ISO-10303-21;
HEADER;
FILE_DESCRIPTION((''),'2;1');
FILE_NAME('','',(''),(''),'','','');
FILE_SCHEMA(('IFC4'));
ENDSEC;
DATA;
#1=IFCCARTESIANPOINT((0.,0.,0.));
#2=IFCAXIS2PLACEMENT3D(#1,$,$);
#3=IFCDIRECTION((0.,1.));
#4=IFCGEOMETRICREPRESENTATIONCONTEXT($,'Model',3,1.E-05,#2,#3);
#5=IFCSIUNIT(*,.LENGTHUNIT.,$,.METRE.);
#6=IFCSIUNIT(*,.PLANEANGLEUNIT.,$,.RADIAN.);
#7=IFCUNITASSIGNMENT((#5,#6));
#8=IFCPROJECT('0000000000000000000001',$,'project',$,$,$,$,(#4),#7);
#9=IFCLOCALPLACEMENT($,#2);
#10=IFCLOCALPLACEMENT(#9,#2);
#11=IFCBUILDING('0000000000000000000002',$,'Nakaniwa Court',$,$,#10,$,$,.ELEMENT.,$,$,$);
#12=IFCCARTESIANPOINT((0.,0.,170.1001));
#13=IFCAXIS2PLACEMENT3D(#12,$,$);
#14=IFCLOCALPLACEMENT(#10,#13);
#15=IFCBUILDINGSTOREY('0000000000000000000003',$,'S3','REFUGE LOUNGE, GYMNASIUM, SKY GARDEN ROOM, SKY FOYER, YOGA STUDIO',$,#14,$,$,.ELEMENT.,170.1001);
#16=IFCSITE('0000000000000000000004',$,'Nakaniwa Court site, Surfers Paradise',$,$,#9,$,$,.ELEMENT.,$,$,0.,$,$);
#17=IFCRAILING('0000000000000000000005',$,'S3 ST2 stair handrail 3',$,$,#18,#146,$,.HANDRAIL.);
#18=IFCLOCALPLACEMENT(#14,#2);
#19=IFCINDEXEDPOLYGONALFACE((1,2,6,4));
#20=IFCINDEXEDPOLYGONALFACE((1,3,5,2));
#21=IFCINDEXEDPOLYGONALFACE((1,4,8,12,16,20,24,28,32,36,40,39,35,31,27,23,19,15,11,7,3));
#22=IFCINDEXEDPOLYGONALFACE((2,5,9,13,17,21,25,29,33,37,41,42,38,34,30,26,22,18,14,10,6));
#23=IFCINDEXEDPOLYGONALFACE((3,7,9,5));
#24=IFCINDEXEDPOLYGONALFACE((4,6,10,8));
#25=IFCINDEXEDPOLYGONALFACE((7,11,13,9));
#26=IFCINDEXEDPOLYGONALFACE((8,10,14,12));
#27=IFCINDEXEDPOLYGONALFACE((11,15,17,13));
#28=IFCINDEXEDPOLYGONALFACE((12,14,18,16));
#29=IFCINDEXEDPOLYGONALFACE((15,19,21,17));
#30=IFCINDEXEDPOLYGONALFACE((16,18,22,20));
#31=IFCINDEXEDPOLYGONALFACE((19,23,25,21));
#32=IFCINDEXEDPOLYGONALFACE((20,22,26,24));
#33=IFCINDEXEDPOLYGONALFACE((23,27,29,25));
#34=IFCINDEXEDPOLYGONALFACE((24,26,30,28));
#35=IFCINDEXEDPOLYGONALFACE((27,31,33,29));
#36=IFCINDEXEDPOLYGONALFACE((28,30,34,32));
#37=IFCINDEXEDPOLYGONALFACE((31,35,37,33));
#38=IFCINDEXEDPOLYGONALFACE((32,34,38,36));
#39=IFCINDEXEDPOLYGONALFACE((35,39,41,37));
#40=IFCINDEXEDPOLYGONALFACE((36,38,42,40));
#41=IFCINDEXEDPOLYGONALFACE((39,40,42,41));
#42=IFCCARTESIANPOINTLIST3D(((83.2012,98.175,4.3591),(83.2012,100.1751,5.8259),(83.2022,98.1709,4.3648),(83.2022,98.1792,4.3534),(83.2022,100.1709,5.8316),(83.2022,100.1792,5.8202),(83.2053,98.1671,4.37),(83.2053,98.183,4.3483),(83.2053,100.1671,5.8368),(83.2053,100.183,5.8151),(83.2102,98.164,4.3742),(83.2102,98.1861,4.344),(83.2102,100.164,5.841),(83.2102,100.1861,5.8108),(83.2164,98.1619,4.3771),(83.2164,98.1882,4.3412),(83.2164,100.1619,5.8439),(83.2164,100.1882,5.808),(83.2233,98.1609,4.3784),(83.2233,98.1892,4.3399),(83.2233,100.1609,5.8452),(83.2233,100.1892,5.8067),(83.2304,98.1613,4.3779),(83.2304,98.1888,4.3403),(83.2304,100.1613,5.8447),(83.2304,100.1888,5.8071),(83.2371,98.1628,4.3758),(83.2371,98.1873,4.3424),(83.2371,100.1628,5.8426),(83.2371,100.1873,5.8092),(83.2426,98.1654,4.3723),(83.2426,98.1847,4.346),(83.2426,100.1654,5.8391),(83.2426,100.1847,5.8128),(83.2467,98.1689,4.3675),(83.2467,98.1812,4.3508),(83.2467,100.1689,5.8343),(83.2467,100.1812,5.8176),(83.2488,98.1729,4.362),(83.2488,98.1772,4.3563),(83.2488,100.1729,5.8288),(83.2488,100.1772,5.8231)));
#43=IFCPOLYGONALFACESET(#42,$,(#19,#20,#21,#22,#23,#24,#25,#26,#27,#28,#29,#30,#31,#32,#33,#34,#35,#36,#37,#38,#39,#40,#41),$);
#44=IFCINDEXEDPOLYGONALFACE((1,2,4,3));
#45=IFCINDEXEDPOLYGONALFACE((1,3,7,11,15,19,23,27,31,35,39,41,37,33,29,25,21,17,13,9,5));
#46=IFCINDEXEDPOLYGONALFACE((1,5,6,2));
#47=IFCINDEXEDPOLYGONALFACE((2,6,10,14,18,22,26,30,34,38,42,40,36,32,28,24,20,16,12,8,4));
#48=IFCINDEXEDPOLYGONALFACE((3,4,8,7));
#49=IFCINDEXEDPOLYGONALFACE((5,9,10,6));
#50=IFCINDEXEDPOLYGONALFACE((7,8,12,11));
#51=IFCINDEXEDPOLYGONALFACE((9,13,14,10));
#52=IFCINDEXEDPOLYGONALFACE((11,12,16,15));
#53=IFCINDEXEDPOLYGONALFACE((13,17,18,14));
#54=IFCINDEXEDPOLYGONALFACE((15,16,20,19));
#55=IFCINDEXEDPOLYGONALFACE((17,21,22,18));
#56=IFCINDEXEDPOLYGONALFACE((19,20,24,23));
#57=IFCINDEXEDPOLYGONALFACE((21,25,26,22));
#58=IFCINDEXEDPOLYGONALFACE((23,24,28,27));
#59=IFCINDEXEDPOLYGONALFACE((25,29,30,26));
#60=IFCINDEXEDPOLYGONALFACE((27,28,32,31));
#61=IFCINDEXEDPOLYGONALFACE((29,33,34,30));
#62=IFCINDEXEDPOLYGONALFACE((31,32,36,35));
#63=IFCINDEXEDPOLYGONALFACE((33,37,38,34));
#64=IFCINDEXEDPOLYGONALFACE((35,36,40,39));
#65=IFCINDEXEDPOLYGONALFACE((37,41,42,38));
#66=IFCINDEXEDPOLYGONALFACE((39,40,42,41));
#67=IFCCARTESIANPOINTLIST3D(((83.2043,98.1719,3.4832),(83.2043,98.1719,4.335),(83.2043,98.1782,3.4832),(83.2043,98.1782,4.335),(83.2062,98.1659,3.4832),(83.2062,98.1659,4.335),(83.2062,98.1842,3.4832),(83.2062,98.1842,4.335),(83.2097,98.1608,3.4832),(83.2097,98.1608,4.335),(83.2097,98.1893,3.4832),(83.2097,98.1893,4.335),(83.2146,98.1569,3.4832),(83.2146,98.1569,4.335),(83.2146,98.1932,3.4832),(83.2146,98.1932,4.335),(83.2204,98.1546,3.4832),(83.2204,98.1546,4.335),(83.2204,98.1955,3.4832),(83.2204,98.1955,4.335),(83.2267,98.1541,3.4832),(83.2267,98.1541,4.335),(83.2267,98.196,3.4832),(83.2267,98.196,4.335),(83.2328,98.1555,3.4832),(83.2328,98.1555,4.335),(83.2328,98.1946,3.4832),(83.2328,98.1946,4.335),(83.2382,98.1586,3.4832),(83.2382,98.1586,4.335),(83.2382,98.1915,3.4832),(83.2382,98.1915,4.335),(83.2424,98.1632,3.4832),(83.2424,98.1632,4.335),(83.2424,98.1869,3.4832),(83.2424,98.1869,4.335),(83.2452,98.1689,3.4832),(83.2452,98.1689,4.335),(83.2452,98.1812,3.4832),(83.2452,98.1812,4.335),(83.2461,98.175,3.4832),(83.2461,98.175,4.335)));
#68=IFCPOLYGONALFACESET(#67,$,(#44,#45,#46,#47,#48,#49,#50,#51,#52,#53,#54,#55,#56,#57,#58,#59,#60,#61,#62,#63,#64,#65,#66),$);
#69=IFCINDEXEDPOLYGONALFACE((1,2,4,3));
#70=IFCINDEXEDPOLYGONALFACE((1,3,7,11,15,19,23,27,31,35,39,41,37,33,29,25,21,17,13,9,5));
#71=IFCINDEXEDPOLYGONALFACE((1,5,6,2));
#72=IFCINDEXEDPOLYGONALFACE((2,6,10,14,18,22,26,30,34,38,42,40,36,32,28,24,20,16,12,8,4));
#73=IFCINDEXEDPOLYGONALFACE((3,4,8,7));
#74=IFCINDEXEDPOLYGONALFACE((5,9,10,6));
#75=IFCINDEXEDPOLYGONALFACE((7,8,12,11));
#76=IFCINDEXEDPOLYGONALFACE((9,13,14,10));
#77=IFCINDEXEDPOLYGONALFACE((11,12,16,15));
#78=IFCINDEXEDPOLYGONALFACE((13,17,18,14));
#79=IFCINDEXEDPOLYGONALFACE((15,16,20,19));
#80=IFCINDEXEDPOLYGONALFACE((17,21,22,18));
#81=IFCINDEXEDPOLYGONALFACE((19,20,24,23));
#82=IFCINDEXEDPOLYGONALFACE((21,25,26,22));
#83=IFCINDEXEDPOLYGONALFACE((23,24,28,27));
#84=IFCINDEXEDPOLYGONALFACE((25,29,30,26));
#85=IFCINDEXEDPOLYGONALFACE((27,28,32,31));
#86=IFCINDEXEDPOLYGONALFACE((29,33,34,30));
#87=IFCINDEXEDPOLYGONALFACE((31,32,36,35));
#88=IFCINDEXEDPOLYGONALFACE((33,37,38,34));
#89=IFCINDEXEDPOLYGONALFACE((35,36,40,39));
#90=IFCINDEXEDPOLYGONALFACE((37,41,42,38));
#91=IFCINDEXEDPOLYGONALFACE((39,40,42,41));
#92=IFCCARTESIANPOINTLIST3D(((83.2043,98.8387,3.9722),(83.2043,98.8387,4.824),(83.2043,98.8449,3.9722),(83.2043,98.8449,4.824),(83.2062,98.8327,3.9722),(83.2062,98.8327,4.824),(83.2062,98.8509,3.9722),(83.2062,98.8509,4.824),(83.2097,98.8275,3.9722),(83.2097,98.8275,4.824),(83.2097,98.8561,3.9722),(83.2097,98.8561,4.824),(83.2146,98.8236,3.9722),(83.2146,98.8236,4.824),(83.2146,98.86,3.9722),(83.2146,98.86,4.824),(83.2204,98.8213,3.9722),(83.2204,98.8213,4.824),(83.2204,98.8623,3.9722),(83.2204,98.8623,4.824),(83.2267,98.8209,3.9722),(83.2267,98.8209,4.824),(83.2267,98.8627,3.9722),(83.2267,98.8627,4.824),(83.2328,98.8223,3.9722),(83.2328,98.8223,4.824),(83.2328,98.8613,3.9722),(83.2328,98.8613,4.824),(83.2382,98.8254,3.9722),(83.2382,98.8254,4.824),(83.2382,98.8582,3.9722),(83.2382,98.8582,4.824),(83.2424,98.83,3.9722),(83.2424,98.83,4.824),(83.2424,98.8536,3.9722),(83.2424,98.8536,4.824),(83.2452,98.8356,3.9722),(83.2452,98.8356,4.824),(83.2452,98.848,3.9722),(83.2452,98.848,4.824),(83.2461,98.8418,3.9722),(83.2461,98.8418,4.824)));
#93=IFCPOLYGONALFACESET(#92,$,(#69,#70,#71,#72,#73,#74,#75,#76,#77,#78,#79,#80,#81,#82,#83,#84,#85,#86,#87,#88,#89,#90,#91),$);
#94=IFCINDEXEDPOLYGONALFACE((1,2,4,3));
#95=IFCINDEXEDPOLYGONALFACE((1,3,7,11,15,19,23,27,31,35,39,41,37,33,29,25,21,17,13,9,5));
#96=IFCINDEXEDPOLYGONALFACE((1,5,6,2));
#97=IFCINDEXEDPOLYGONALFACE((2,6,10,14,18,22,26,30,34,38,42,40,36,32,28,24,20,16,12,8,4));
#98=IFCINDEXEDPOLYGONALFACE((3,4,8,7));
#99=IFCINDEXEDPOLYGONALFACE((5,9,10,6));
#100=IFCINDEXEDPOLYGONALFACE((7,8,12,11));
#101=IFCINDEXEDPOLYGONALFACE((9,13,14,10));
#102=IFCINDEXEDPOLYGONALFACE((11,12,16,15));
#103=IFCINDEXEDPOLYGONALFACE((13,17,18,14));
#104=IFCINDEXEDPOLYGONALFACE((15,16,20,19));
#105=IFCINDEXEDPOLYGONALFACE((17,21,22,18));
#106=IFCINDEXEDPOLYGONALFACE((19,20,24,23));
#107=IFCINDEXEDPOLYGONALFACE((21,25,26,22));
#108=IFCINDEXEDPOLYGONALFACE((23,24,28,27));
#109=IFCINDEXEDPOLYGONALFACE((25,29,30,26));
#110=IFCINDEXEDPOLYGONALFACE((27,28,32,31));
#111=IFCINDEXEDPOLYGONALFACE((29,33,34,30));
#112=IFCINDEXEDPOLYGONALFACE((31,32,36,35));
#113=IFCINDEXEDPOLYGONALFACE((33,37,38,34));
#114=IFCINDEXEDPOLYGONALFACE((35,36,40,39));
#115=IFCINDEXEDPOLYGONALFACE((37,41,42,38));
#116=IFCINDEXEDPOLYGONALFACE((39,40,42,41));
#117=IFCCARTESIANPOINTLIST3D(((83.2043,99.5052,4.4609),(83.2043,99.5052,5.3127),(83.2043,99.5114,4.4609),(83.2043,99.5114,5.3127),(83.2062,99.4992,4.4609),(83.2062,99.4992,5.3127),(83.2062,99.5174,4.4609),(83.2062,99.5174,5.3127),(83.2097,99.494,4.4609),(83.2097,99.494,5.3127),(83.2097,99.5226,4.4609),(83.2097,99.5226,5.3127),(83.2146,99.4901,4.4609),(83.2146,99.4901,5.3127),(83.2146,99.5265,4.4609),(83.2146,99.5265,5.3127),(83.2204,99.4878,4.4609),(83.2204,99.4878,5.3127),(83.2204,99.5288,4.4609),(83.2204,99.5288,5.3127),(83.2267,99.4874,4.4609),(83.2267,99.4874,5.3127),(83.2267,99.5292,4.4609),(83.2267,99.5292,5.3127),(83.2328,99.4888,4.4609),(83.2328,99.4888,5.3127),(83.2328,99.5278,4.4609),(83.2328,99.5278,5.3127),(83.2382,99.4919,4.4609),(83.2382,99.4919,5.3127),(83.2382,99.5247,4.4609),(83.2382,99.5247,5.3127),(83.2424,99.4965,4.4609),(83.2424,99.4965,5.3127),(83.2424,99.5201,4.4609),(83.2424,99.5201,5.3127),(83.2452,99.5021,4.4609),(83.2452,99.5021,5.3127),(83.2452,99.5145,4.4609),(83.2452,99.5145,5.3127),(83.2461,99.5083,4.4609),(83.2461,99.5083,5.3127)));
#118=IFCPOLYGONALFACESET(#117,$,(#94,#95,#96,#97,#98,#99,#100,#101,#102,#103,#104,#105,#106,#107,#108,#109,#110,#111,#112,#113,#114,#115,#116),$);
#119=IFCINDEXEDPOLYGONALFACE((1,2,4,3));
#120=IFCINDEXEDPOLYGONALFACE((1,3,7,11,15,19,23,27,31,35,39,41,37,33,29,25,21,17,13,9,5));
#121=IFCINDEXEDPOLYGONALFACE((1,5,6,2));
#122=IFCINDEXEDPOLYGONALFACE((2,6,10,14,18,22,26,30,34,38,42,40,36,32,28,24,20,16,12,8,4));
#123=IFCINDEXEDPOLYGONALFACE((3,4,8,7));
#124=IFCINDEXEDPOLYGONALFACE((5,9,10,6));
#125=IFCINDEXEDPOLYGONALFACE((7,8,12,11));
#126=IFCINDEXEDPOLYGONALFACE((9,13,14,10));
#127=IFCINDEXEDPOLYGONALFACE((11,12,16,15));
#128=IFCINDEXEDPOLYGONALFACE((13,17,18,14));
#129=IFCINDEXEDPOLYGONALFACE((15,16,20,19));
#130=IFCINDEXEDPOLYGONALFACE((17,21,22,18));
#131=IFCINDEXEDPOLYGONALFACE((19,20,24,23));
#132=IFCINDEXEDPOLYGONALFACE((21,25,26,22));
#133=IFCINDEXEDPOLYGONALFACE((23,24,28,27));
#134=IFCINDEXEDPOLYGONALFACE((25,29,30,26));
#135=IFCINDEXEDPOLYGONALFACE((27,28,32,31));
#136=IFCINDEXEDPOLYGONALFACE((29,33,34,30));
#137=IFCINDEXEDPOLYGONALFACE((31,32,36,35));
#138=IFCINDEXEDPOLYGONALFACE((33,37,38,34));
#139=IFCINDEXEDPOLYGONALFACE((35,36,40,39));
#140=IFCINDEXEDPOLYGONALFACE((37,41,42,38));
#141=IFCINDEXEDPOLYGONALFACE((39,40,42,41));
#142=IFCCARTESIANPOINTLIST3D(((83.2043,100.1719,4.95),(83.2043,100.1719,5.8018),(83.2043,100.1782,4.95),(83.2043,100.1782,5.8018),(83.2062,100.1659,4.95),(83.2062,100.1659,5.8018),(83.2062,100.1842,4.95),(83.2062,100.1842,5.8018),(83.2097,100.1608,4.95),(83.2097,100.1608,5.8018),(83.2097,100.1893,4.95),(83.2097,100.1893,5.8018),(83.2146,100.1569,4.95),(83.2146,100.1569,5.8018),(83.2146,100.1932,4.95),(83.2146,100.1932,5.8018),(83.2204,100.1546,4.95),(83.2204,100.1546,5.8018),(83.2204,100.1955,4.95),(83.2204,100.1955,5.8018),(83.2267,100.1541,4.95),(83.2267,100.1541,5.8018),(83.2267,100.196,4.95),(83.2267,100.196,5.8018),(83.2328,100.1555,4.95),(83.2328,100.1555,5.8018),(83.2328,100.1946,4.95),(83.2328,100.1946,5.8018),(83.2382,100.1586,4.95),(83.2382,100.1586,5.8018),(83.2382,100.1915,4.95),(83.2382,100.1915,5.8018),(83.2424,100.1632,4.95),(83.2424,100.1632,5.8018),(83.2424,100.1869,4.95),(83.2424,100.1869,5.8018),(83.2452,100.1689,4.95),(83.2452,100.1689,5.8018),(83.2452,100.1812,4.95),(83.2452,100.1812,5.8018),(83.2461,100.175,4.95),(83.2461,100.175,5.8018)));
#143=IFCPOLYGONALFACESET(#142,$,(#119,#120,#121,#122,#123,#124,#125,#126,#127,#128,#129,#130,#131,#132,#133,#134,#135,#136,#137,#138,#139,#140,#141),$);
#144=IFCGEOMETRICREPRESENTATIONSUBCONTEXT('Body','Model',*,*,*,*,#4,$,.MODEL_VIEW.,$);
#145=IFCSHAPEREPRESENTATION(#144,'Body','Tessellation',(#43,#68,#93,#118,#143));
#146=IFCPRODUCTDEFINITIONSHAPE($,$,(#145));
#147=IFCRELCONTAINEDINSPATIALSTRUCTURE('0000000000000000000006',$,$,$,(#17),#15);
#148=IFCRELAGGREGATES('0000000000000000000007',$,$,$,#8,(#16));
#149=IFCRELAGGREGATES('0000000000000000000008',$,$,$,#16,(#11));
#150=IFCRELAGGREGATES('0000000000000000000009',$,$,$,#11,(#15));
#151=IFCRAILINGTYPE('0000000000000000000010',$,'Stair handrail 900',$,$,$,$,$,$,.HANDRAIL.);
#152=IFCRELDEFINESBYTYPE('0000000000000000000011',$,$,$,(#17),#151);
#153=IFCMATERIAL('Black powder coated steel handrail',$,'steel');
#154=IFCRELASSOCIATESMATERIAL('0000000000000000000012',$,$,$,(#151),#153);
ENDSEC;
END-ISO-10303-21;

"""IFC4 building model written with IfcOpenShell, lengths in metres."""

from ifc_helpers import new_model, si_unit, direction, frame, origin, origin_2d, place, context, subcontext, project, spatial, circle, extrude, material, type_object, element, save


model = new_model("IFC4")

# Units and contexts
model_context = context("Model", 3, precision=1e-05, world=origin(), true_north=direction((0.0, 1.0)))
body_context = subcontext(model_context, "Body", "Model", "MODEL_VIEW")
ifc_project = project(units=[si_unit("LENGTHUNIT", "METRE"), si_unit("PLANEANGLEUNIT", "RADIAN")], contexts=[model_context])

# Site, building, storey
site_placement = place(None, origin())
site = spatial("IfcSite", under=ifc_project, at=site_placement, Name="Nakaniwa Court site, Surfers Paradise", CompositionType="ELEMENT", RefElevation=0.0)
building_placement = place(site_placement, origin())
building = spatial("IfcBuilding", under=site, at=building_placement, Name="Nakaniwa Court", CompositionType="ELEMENT")
storey_placement = place(building_placement, frame((0.0, 0.0, 170.1001)))
storey = spatial("IfcBuildingStorey", under=building, at=storey_placement, Name="S3", Description="REFUGE LOUNGE, GYMNASIUM, SKY GARDEN ROOM, SKY FOYER, YOGA STUDIO", CompositionType="ELEMENT", Elevation=170.1001)

# Railing
ifc_material_1 = material(Name="Black powder coated steel handrail", Category="steel")
railing_type_1 = type_object("IfcRailingType", Name="Stair handrail 900", PredefinedType="HANDRAIL", material=ifc_material_1)
railing_1_placement = place(storey_placement, frame((83.2251, 98.175, 3.4832)))
element("IfcRailing", 1, at=railing_1_placement, inside=storey, type_object=railing_type_1, Name="S3 ST2 stair handrail 3", PredefinedType="HANDRAIL", context=body_context, shape_type="SweptSolid", body=[
    extrude(circle(Radius=0.0239, at=origin_2d()), frame((0.0, 0.0, 0.876), z_axis=(0.0, 0.80638, 0.591398), x_axis=(-1.0, 0.0, 0.0)), (0.0, 0.0, 1.0), 2.4802),
    extrude(circle(Radius=0.021, at=origin_2d()), origin(), (0.0, 0.0, 1.0), 0.8518),
    extrude(circle(Radius=0.021, at=origin_2d()), frame((0.0, 0.6667, 0.489)), (0.0, 0.0, 1.0), 0.8518),
    extrude(circle(Radius=0.021, at=origin_2d()), frame((0.0, 1.3333, 0.9778)), (0.0, 0.0, 1.0), 0.8518),
    extrude(circle(Radius=0.021, at=origin_2d()), frame((0.0, 2.0, 1.4668)), (0.0, 0.0, 1.0), 0.8518),
])

save(model, "model.ifc")
